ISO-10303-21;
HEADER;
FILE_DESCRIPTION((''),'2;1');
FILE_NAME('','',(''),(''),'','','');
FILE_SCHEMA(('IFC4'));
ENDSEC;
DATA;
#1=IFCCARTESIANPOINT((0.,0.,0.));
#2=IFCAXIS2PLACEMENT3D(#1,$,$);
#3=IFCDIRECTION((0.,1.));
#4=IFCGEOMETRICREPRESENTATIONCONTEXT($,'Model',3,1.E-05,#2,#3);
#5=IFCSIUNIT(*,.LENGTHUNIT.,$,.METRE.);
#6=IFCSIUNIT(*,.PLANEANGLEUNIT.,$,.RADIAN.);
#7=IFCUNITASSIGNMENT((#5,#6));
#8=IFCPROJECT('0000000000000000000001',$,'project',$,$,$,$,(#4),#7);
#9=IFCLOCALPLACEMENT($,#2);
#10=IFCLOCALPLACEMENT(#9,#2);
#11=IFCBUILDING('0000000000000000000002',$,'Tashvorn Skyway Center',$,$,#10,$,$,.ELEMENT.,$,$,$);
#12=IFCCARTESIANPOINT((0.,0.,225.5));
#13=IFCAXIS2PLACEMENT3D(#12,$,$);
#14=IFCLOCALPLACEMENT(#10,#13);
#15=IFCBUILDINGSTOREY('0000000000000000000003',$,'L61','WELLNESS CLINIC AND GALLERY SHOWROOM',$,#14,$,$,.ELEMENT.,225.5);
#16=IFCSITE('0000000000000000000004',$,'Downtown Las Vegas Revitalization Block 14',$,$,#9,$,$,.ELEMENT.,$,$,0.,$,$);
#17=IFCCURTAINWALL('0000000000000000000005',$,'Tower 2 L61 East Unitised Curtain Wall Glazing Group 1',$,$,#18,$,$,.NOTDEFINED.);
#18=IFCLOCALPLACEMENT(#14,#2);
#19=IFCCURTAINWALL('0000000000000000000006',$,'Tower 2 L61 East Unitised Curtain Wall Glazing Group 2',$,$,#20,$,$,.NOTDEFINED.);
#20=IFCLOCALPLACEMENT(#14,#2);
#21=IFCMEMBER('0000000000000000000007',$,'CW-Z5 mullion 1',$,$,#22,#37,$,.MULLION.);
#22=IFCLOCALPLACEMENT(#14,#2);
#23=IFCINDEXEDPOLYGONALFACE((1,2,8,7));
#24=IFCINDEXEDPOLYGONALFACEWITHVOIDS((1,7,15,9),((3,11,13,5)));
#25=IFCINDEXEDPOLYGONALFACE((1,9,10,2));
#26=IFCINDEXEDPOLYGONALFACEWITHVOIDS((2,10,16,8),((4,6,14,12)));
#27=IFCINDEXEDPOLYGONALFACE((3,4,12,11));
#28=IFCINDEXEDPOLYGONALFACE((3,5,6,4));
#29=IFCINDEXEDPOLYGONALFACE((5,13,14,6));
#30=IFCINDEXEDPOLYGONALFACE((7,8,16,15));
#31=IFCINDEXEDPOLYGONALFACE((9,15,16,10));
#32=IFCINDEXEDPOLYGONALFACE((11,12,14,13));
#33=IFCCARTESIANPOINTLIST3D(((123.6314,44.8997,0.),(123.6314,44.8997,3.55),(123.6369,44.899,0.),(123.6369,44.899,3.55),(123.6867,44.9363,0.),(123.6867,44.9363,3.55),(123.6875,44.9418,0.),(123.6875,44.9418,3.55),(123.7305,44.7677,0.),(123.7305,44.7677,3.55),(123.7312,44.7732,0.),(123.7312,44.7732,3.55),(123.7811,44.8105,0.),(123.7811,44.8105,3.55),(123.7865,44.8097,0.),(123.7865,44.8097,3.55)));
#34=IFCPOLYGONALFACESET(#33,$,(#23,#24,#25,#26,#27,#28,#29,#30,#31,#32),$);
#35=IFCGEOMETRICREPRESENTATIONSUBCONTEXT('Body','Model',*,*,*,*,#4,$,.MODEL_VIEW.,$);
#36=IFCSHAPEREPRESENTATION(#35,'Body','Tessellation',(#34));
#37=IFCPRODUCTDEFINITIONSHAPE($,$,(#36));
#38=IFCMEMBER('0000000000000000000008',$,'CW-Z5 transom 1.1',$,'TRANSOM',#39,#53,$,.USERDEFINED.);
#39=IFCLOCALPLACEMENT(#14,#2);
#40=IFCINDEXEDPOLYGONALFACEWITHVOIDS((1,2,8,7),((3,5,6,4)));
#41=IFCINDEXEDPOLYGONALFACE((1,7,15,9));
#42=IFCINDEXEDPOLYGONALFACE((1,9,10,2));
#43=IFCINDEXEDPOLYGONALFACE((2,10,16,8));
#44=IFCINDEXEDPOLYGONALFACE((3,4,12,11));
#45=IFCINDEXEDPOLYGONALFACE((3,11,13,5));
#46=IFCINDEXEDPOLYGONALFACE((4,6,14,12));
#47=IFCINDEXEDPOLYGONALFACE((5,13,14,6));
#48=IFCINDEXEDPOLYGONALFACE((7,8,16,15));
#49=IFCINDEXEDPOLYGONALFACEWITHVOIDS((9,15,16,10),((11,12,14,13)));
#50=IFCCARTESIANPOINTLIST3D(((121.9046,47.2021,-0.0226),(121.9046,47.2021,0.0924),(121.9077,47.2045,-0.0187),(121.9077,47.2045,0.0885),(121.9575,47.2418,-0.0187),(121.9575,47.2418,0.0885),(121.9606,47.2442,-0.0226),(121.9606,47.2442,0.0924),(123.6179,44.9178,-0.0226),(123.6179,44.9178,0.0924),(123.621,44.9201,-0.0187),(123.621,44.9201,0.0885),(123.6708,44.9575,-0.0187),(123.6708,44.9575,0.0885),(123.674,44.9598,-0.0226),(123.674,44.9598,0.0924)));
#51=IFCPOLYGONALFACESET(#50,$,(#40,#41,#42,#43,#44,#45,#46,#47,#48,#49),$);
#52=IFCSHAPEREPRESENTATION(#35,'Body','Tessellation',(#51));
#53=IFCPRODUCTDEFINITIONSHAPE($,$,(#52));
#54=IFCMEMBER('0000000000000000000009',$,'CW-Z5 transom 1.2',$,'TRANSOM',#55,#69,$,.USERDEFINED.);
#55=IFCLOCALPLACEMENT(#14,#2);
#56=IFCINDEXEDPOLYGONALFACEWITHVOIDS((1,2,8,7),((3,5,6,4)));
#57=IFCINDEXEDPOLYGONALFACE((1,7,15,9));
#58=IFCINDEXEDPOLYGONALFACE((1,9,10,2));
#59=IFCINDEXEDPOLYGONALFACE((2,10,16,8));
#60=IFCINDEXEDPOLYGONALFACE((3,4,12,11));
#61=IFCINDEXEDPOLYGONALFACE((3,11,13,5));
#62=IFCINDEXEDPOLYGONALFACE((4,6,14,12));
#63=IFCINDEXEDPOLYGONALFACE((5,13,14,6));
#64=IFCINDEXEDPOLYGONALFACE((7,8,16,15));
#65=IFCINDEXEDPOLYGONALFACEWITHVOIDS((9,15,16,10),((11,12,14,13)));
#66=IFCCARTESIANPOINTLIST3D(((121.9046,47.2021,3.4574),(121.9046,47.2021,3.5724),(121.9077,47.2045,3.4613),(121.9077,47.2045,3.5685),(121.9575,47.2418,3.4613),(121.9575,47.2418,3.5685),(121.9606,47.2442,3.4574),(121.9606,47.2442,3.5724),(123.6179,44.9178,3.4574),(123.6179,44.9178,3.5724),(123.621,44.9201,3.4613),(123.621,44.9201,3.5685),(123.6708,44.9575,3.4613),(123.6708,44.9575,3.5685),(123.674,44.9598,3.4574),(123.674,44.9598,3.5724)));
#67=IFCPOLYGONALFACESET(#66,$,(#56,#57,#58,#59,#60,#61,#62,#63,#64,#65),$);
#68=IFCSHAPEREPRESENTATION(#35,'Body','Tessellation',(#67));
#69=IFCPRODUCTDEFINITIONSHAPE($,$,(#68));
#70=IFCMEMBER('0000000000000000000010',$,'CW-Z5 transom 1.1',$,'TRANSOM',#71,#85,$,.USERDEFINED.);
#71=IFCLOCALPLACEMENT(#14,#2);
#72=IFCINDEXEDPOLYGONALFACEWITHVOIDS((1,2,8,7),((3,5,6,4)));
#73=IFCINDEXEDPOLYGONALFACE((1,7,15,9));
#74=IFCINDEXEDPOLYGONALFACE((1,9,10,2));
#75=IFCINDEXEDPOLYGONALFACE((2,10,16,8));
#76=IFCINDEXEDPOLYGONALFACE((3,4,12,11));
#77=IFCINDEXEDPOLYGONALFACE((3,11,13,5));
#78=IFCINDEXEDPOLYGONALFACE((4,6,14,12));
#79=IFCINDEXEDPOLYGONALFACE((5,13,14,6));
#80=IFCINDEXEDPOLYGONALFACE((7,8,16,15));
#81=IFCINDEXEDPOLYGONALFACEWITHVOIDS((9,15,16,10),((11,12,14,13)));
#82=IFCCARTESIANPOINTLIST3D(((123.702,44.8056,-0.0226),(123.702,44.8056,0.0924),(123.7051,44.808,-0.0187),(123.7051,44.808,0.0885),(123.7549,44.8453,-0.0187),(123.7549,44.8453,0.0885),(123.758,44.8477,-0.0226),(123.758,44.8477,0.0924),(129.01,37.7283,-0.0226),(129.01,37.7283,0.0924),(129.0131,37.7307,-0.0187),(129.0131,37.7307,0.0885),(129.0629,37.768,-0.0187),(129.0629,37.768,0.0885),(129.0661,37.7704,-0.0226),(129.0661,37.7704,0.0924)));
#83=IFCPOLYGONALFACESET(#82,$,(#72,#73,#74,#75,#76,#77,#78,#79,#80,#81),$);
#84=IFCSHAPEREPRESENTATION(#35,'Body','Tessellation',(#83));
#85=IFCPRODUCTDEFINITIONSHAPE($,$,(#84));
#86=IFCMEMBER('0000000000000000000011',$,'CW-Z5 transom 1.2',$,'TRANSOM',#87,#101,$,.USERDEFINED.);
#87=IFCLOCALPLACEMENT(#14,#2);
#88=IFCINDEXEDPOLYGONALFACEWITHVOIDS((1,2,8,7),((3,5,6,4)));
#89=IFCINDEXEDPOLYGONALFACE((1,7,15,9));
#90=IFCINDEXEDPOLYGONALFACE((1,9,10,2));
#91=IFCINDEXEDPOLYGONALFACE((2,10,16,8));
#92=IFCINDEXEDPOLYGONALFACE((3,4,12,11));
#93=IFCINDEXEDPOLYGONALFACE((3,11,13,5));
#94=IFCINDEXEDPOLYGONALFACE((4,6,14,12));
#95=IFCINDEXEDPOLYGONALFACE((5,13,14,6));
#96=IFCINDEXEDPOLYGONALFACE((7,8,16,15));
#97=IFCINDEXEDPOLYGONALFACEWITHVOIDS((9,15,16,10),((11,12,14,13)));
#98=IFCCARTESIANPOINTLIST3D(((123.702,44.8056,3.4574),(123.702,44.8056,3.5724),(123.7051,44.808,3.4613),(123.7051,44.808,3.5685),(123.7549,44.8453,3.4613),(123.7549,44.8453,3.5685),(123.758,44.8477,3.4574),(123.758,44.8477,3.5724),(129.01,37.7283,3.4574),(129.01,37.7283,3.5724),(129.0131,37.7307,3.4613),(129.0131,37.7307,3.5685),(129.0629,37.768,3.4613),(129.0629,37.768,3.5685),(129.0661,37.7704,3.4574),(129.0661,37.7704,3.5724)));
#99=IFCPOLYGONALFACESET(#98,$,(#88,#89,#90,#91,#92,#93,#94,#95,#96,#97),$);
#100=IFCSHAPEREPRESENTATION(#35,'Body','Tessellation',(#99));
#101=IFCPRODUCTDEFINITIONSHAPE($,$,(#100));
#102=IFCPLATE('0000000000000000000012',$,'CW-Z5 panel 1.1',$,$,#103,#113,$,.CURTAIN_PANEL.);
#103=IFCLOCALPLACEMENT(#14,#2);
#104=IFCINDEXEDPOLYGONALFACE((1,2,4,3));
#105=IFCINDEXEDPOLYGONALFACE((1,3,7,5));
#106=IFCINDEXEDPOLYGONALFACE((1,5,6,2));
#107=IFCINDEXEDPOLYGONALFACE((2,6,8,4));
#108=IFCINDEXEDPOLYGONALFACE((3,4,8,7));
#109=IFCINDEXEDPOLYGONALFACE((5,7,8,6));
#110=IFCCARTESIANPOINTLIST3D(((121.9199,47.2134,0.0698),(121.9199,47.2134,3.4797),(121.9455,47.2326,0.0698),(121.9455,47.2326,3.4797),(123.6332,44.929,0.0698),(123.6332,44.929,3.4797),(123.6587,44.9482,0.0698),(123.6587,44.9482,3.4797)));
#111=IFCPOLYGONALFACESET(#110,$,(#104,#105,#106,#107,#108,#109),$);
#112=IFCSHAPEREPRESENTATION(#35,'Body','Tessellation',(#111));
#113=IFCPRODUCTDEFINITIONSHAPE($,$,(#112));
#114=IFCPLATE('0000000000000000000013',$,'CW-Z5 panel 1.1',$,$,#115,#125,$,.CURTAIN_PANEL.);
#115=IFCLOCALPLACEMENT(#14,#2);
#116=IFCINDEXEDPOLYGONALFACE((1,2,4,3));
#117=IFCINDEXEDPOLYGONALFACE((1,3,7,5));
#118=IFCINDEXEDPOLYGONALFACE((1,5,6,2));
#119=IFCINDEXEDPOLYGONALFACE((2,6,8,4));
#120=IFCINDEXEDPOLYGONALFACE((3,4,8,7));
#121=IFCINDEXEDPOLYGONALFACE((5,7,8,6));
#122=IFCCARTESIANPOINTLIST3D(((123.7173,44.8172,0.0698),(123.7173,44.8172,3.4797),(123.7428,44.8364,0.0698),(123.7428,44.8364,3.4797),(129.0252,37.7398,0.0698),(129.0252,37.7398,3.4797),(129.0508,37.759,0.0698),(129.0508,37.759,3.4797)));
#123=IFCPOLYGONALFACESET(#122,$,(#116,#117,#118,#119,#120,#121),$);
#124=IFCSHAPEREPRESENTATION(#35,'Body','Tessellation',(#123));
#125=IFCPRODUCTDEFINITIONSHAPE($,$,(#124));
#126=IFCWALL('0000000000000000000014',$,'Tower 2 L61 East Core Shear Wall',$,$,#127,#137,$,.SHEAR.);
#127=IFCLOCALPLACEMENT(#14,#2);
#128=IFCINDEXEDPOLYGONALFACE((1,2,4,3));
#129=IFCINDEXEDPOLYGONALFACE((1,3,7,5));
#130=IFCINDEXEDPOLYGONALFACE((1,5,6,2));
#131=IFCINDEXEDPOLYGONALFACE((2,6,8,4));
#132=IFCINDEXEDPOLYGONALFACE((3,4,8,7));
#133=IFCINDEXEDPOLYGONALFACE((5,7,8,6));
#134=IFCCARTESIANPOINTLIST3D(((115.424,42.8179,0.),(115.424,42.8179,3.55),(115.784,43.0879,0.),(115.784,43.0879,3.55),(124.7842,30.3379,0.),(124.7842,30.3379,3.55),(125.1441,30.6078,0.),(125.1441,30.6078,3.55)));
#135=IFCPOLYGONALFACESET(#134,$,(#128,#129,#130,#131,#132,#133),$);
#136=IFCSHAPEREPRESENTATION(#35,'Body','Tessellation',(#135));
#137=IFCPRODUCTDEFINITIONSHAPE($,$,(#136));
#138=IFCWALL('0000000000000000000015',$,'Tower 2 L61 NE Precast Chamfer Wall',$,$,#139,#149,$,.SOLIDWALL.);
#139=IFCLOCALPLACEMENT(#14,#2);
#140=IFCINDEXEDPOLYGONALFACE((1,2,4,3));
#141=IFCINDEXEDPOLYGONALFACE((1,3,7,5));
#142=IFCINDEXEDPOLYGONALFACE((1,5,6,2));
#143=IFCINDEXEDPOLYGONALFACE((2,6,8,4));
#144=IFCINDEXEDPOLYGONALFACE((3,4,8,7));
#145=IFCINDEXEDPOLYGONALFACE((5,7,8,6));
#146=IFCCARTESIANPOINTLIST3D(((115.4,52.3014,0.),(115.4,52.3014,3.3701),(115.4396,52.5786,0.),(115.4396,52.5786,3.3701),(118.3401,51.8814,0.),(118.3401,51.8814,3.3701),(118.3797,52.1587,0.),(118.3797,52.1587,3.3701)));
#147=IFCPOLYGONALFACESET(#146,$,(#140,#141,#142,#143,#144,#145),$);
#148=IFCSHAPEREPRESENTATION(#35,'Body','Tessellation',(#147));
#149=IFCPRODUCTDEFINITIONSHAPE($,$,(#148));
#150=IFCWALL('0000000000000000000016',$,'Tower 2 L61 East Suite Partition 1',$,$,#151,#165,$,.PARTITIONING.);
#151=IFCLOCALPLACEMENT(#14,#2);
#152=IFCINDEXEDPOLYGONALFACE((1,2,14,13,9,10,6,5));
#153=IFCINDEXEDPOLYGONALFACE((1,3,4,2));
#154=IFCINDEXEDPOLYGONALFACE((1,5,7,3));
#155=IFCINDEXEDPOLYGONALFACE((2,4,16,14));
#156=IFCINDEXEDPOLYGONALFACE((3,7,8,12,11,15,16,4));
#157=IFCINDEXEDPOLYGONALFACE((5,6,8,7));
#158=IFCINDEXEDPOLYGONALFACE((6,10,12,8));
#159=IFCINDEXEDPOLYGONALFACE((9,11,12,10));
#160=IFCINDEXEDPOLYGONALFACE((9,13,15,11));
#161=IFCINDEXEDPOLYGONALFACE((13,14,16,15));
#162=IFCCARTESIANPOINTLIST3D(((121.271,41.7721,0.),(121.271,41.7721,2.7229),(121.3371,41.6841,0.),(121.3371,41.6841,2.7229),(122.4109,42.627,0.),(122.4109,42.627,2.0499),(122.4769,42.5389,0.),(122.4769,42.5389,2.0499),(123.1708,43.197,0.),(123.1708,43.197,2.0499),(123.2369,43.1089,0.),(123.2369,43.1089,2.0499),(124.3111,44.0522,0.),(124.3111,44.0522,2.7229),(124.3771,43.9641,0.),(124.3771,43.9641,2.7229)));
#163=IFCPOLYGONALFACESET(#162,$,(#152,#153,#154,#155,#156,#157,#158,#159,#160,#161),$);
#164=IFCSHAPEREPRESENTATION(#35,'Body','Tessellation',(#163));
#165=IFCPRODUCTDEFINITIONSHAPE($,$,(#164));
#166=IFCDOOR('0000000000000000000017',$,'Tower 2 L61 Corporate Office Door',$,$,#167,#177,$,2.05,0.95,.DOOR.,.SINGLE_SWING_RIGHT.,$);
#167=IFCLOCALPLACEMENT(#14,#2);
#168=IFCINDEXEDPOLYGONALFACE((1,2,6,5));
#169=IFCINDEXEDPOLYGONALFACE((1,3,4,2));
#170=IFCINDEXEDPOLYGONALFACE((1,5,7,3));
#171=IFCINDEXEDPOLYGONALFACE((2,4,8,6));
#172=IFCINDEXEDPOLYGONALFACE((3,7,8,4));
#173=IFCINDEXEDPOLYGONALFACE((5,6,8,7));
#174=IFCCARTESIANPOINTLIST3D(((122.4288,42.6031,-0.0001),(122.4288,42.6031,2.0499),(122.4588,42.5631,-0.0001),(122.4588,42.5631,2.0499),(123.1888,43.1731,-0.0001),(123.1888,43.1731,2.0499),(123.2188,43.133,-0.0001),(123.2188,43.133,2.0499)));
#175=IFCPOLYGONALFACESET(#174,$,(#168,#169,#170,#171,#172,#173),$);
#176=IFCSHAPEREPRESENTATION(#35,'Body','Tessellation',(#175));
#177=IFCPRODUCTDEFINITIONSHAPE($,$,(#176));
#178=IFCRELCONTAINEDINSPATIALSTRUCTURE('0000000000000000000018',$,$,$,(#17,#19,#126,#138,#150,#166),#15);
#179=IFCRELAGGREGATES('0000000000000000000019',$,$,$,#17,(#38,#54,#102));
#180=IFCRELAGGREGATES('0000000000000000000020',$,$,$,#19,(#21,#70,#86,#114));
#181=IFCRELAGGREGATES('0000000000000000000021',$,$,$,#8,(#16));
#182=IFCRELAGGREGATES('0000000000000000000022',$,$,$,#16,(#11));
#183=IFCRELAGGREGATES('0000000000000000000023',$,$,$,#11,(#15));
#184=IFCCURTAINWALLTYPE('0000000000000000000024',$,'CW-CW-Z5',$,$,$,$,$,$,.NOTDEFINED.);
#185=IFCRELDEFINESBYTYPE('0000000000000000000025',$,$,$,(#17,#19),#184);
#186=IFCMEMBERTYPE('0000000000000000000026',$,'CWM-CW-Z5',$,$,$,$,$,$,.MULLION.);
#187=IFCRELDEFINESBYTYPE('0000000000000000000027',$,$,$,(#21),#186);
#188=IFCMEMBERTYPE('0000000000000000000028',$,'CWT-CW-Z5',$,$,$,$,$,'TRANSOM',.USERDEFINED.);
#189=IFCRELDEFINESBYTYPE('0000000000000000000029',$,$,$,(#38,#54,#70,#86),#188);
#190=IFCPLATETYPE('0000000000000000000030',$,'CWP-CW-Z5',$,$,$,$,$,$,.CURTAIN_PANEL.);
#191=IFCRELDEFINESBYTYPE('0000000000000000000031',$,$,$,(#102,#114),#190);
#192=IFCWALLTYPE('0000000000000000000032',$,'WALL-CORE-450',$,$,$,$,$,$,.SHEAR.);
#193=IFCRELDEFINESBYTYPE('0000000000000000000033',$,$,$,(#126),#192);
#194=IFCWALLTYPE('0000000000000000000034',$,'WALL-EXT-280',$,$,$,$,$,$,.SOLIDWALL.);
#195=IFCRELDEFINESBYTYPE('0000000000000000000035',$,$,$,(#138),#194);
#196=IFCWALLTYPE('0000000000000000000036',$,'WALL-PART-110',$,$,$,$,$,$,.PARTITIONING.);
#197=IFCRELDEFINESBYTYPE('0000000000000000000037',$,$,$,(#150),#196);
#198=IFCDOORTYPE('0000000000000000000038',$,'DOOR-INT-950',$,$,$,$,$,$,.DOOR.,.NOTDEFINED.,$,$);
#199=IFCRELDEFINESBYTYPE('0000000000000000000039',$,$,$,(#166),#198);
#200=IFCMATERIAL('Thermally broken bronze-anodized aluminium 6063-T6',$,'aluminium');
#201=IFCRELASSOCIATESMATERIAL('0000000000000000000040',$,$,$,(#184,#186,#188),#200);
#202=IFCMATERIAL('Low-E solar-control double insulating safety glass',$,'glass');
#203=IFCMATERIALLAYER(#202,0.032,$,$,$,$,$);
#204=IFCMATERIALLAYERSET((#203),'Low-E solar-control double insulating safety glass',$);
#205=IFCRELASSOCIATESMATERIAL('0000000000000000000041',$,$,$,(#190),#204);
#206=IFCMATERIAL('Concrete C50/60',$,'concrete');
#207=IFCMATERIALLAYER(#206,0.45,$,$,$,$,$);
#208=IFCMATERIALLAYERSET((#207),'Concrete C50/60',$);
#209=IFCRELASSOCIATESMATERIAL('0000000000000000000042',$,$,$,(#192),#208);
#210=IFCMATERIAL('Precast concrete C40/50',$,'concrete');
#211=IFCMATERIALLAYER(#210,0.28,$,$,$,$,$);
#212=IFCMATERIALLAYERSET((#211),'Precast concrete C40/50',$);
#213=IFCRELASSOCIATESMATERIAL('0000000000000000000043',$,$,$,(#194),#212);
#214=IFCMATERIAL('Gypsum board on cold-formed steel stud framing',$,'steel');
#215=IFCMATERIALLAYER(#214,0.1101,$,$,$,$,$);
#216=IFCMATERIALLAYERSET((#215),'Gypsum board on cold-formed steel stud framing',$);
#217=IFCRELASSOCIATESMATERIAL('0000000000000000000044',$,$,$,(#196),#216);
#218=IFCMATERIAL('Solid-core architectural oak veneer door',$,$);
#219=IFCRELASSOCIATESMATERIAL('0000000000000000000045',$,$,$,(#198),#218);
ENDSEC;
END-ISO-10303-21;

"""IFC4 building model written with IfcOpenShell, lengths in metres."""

from ifc_helpers import new_model, si_unit, direction, frame, frame_2d, origin, origin_2d, place, context, subcontext, project, spatial, rectangle, hollow_rectangle, extrude, material, layer, layer_set, material_profile, profile_set, type_object, element, fill, aggregate, save


model = new_model("IFC4")

# Units and contexts
model_context = context("Model", 3, precision=1e-05, world=origin(), true_north=direction((0.0, 1.0)))
body_context = subcontext(model_context, "Body", "Model", "MODEL_VIEW")
ifc_project = project(units=[si_unit("LENGTHUNIT", "METRE"), si_unit("PLANEANGLEUNIT", "RADIAN")], contexts=[model_context])

# Site, building, storey
site_placement = place(None, origin())
site = spatial("IfcSite", under=ifc_project, at=site_placement, Name="Downtown Las Vegas Revitalization Block 14", CompositionType="ELEMENT", RefElevation=0.0)
building_placement = place(site_placement, origin())
building = spatial("IfcBuilding", under=site, at=building_placement, Name="Tashvorn Skyway Center", CompositionType="ELEMENT")
storey_placement = place(building_placement, frame((0.0, 0.0, 225.5)))
storey = spatial("IfcBuildingStorey", under=building, at=storey_placement, Name="L61", Description="WELLNESS CLINIC AND GALLERY SHOWROOM", CompositionType="ELEMENT", Elevation=225.5)

# Curtain wall
ifc_material_1 = material(Name="Thermally broken bronze-anodized aluminium 6063-T6", Category="aluminium")
curtain_wall_type = type_object("IfcCurtainWallType", Name="CW-CW-Z5", PredefinedType="NOTDEFINED", material=ifc_material_1)
curtain_wall_1_placement = place(storey_placement, origin())
curtain_wall_1 = element("IfcCurtainWall", 1, at=curtain_wall_1_placement, inside=storey, type_object=curtain_wall_type, Name="Tower 2 L61 East Unitised Curtain Wall Glazing Group 1", PredefinedType="NOTDEFINED")
ifc_material_profile_1 = material_profile(ifc_material_1, hollow_rectangle(XDim=0.0701, YDim=0.165, WallThickness=0.0039, at=origin_2d()), Name="ALU-MULL-70x165")
ifc_profile_set_1 = profile_set([ifc_material_profile_1], Name="Thermally broken bronze-anodized aluminium 6063-T6")
member_type_1 = type_object("IfcMemberType", Name="CWM-CW-Z5", PredefinedType="MULLION", material=ifc_profile_set_1)

# Curtain wall, member
curtain_wall_2_placement = place(storey_placement, origin())
curtain_wall_2 = element("IfcCurtainWall", 2, at=curtain_wall_2_placement, inside=storey, type_object=curtain_wall_type, Name="Tower 2 L61 East Unitised Curtain Wall Glazing Group 2", PredefinedType="NOTDEFINED")
member_1_placement = place(storey_placement, frame((123.709, 44.8547, 0.0), z_axis=(0.0, 0.0, 1.0), x_axis=(0.800003, 0.599996, 0.0)))
member_1 = element("IfcMember", 3, at=member_1_placement, type_object=member_type_1, Name="CW-Z5 mullion 1", PredefinedType="MULLION", context=body_context, shape_type="SweptSolid", body=[
    extrude(hollow_rectangle(XDim=0.0701, YDim=0.165, WallThickness=0.0039, at=origin_2d()), origin(), (0.0, 0.0, 1.0), 3.55),
])

# Members
ifc_material_profile_2 = material_profile(ifc_material_1, hollow_rectangle(XDim=0.0701, YDim=0.115, WallThickness=0.0039, at=origin_2d()), Name="ALU-TRAN-70x115")
ifc_profile_set_2 = profile_set([ifc_material_profile_2], Name="Thermally broken bronze-anodized aluminium 6063-T6")
member_type_2 = type_object("IfcMemberType", Name="CWT-CW-Z5", ElementType="TRANSOM", PredefinedType="USERDEFINED", material=ifc_profile_set_2)
member_2_placement = place(storey_placement, frame((121.9326, 47.2231, 0.0349), z_axis=(0.600014, -0.79999, 0.0), x_axis=(0.79999, 0.600014, 0.0)))
member_2 = element("IfcMember", 4, at=member_2_placement, type_object=member_type_2, Name="CW-Z5 transom 1.1", ObjectType="TRANSOM", PredefinedType="USERDEFINED", context=body_context, shape_type="SweptSolid", body=[
    extrude(hollow_rectangle(XDim=0.0701, YDim=0.115, WallThickness=0.0039, at=origin_2d()), origin(), (0.0, 0.0, 1.0), 2.8555),
])
member_3_placement = place(storey_placement, frame((121.9326, 47.2231, 3.5149), z_axis=(0.600014, -0.79999, 0.0), x_axis=(0.79999, 0.600014, 0.0)))
member_3 = element("IfcMember", 5, at=member_3_placement, type_object=member_type_2, Name="CW-Z5 transom 1.2", ObjectType="TRANSOM", PredefinedType="USERDEFINED", context=body_context, shape_type="SweptSolid", body=[
    extrude(hollow_rectangle(XDim=0.0701, YDim=0.115, WallThickness=0.0039, at=origin_2d()), origin(), (0.0, 0.0, 1.0), 2.8555),
])
member_4_placement = place(storey_placement, frame((123.73, 44.8267, 0.0349), z_axis=(0.600004, -0.799997, 0.0), x_axis=(0.799997, 0.600004, 0.0)))
member_4 = element("IfcMember", 6, at=member_4_placement, type_object=member_type_2, Name="CW-Z5 transom 1.1", ObjectType="TRANSOM", PredefinedType="USERDEFINED", context=body_context, shape_type="SweptSolid", body=[
    extrude(hollow_rectangle(XDim=0.0701, YDim=0.115, WallThickness=0.0039, at=origin_2d()), origin(), (0.0, 0.0, 1.0), 8.8467),
])
member_5_placement = place(storey_placement, frame((123.73, 44.8267, 3.5149), z_axis=(0.600004, -0.799997, 0.0), x_axis=(0.799997, 0.600004, 0.0)))
member_5 = element("IfcMember", 7, at=member_5_placement, type_object=member_type_2, Name="CW-Z5 transom 1.2", ObjectType="TRANSOM", PredefinedType="USERDEFINED", context=body_context, shape_type="SweptSolid", body=[
    extrude(hollow_rectangle(XDim=0.0701, YDim=0.115, WallThickness=0.0039, at=origin_2d()), origin(), (0.0, 0.0, 1.0), 8.8467),
])

# Plates
ifc_material_2 = material(Name="Low-E solar-control double insulating safety glass", Category="glass")
ifc_layer_1 = layer(ifc_material_2, 0.032)
ifc_layer_set_1 = layer_set([ifc_layer_1], Name="Low-E solar-control double insulating safety glass")
plate_type = type_object("IfcPlateType", Name="CWP-CW-Z5", PredefinedType="CURTAIN_PANEL", material=ifc_layer_set_1)
plate_1_placement = place(storey_placement, frame((122.7893, 46.0808, 0.0698), z_axis=(0.0, 0.0, 1.0), x_axis=(0.6, -0.8, 0.0)))
plate_1 = element("IfcPlate", 8, at=plate_1_placement, type_object=plate_type, Name="CW-Z5 panel 1.1", PredefinedType="CURTAIN_PANEL", context=body_context, shape_type="SweptSolid", body=[
    extrude(rectangle(XDim=2.8555, YDim=0.032, at=origin_2d()), origin(), (0.0, 0.0, 1.0), 3.4099),
])
aggregate(curtain_wall_1, [member_2, member_3, plate_1])
plate_2_placement = place(storey_placement, frame((126.384, 41.2881, 0.0698), z_axis=(0.0, 0.0, 1.0), x_axis=(0.599996, -0.800003, 0.0)))
plate_2 = element("IfcPlate", 9, at=plate_2_placement, type_object=plate_type, Name="CW-Z5 panel 1.1", PredefinedType="CURTAIN_PANEL", context=body_context, shape_type="SweptSolid", body=[
    extrude(rectangle(XDim=8.8467, YDim=0.032, at=origin_2d()), origin(), (0.0, 0.0, 1.0), 3.4099),
])
aggregate(curtain_wall_2, [member_1, member_4, member_5, plate_2])

# Walls
ifc_material_3 = material(Name="Concrete C50/60", Category="concrete")
ifc_layer_2 = layer(ifc_material_3, 0.45)
ifc_layer_set_2 = layer_set([ifc_layer_2], Name="Concrete C50/60")
wall_type_1 = type_object("IfcWallType", Name="WALL-CORE-450", PredefinedType="SHEAR", material=ifc_layer_set_2)
wall_1_placement = place(storey_placement, frame((115.604, 42.9529, 0.0), z_axis=(0.0, 0.0, 1.0), x_axis=(0.600005, -0.799996, 0.0)))
element("IfcWall", 10, at=wall_1_placement, inside=storey, type_object=wall_type_1, Name="Tower 2 L61 East Core Shear Wall", PredefinedType="SHEAR", context=body_context, shape_type="SweptSolid", body=[
    extrude(rectangle(XDim=15.6001, YDim=0.45, at=frame_2d((7.8, 0.0))), origin(), (0.0, 0.0, 1.0), 3.55),
])
ifc_material_4 = material(Name="Precast concrete C40/50", Category="concrete")
ifc_layer_3 = layer(ifc_material_4, 0.28)
ifc_layer_set_3 = layer_set([ifc_layer_3], Name="Precast concrete C40/50")
wall_type_2 = type_object("IfcWallType", Name="WALL-EXT-280", PredefinedType="SOLIDWALL", material=ifc_layer_set_3)
wall_2_placement = place(storey_placement, frame((115.4199, 52.4399, 0.0), z_axis=(0.0, 0.0, 1.0), x_axis=(0.989954, -0.141387, 0.0)))
element("IfcWall", 11, at=wall_2_placement, inside=storey, type_object=wall_type_2, Name="Tower 2 L61 NE Precast Chamfer Wall", PredefinedType="SOLIDWALL", context=body_context, shape_type="SweptSolid", body=[
    extrude(rectangle(XDim=2.97, YDim=0.28, at=frame_2d((1.4849, 0.0))), origin(), (0.0, 0.0, 1.0), 3.3701),
])

# Wall, opening, door
ifc_material_5 = material(Name="Gypsum board on cold-formed steel stud framing", Category="steel")
ifc_layer_4 = layer(ifc_material_5, 0.1101)
ifc_layer_set_4 = layer_set([ifc_layer_4], Name="Gypsum board on cold-formed steel stud framing")
wall_type_3 = type_object("IfcWallType", Name="WALL-PART-110", PredefinedType="PARTITIONING", material=ifc_layer_set_4)
wall_3_placement = place(storey_placement, frame((124.344, 44.0081, 0.0), z_axis=(0.0, 0.0, 1.0), x_axis=(-0.8, -0.6, 0.0)))
wall_3 = element("IfcWall", 12, at=wall_3_placement, inside=storey, type_object=wall_type_3, Name="Tower 2 L61 East Suite Partition 1", PredefinedType="PARTITIONING", context=body_context, shape_type="SweptSolid", body=[
    extrude(rectangle(XDim=3.8, YDim=0.1101, at=frame_2d((1.8999, 0.0))), origin(), (0.0, 0.0, 1.0), 2.7229),
])
opening_1_placement = place(wall_3_placement, frame((1.425, 0.0, 0.0)))
opening_1 = element("IfcOpeningElement", 13, at=opening_1_placement, cuts=wall_3, PredefinedType="OPENING", context=body_context, shape_type="SweptSolid", body=[
    extrude(rectangle(XDim=0.95, YDim=2.05, at=frame_2d((0.4751, 1.0249))), frame((0.0, 0.0649, 0.0), z_axis=(0.0, -1.0, 0.0), x_axis=(1.0, 0.0, 0.0)), (0.0, 0.0, 1.0), 0.1301),
])
ifc_material_6 = material(Name="Solid-core architectural oak veneer door")
door_type_1 = type_object("IfcDoorType", Name="DOOR-INT-950", OperationType="NOTDEFINED", PredefinedType="DOOR", material=ifc_material_6)
door_1_placement = place(opening_1_placement, origin())
door_1 = element("IfcDoor", 14, at=door_1_placement, inside=storey, type_object=door_type_1, Name="Tower 2 L61 Corporate Office Door", OperationType="SINGLE_SWING_RIGHT", OverallHeight=2.05, OverallWidth=0.95, PredefinedType="DOOR", context=body_context, shape_type="SweptSolid", body=[
    extrude(rectangle(XDim=0.95, YDim=2.05, at=frame_2d((0.4751, 1.0249))), frame((0.0, 0.0249, 0.0), z_axis=(0.0, -1.0, 0.0), x_axis=(1.0, 0.0, 0.0)), (0.0, 0.0, 1.0), 0.05),
])
fill(opening_1, door_1)

save(model, "model.ifc")
